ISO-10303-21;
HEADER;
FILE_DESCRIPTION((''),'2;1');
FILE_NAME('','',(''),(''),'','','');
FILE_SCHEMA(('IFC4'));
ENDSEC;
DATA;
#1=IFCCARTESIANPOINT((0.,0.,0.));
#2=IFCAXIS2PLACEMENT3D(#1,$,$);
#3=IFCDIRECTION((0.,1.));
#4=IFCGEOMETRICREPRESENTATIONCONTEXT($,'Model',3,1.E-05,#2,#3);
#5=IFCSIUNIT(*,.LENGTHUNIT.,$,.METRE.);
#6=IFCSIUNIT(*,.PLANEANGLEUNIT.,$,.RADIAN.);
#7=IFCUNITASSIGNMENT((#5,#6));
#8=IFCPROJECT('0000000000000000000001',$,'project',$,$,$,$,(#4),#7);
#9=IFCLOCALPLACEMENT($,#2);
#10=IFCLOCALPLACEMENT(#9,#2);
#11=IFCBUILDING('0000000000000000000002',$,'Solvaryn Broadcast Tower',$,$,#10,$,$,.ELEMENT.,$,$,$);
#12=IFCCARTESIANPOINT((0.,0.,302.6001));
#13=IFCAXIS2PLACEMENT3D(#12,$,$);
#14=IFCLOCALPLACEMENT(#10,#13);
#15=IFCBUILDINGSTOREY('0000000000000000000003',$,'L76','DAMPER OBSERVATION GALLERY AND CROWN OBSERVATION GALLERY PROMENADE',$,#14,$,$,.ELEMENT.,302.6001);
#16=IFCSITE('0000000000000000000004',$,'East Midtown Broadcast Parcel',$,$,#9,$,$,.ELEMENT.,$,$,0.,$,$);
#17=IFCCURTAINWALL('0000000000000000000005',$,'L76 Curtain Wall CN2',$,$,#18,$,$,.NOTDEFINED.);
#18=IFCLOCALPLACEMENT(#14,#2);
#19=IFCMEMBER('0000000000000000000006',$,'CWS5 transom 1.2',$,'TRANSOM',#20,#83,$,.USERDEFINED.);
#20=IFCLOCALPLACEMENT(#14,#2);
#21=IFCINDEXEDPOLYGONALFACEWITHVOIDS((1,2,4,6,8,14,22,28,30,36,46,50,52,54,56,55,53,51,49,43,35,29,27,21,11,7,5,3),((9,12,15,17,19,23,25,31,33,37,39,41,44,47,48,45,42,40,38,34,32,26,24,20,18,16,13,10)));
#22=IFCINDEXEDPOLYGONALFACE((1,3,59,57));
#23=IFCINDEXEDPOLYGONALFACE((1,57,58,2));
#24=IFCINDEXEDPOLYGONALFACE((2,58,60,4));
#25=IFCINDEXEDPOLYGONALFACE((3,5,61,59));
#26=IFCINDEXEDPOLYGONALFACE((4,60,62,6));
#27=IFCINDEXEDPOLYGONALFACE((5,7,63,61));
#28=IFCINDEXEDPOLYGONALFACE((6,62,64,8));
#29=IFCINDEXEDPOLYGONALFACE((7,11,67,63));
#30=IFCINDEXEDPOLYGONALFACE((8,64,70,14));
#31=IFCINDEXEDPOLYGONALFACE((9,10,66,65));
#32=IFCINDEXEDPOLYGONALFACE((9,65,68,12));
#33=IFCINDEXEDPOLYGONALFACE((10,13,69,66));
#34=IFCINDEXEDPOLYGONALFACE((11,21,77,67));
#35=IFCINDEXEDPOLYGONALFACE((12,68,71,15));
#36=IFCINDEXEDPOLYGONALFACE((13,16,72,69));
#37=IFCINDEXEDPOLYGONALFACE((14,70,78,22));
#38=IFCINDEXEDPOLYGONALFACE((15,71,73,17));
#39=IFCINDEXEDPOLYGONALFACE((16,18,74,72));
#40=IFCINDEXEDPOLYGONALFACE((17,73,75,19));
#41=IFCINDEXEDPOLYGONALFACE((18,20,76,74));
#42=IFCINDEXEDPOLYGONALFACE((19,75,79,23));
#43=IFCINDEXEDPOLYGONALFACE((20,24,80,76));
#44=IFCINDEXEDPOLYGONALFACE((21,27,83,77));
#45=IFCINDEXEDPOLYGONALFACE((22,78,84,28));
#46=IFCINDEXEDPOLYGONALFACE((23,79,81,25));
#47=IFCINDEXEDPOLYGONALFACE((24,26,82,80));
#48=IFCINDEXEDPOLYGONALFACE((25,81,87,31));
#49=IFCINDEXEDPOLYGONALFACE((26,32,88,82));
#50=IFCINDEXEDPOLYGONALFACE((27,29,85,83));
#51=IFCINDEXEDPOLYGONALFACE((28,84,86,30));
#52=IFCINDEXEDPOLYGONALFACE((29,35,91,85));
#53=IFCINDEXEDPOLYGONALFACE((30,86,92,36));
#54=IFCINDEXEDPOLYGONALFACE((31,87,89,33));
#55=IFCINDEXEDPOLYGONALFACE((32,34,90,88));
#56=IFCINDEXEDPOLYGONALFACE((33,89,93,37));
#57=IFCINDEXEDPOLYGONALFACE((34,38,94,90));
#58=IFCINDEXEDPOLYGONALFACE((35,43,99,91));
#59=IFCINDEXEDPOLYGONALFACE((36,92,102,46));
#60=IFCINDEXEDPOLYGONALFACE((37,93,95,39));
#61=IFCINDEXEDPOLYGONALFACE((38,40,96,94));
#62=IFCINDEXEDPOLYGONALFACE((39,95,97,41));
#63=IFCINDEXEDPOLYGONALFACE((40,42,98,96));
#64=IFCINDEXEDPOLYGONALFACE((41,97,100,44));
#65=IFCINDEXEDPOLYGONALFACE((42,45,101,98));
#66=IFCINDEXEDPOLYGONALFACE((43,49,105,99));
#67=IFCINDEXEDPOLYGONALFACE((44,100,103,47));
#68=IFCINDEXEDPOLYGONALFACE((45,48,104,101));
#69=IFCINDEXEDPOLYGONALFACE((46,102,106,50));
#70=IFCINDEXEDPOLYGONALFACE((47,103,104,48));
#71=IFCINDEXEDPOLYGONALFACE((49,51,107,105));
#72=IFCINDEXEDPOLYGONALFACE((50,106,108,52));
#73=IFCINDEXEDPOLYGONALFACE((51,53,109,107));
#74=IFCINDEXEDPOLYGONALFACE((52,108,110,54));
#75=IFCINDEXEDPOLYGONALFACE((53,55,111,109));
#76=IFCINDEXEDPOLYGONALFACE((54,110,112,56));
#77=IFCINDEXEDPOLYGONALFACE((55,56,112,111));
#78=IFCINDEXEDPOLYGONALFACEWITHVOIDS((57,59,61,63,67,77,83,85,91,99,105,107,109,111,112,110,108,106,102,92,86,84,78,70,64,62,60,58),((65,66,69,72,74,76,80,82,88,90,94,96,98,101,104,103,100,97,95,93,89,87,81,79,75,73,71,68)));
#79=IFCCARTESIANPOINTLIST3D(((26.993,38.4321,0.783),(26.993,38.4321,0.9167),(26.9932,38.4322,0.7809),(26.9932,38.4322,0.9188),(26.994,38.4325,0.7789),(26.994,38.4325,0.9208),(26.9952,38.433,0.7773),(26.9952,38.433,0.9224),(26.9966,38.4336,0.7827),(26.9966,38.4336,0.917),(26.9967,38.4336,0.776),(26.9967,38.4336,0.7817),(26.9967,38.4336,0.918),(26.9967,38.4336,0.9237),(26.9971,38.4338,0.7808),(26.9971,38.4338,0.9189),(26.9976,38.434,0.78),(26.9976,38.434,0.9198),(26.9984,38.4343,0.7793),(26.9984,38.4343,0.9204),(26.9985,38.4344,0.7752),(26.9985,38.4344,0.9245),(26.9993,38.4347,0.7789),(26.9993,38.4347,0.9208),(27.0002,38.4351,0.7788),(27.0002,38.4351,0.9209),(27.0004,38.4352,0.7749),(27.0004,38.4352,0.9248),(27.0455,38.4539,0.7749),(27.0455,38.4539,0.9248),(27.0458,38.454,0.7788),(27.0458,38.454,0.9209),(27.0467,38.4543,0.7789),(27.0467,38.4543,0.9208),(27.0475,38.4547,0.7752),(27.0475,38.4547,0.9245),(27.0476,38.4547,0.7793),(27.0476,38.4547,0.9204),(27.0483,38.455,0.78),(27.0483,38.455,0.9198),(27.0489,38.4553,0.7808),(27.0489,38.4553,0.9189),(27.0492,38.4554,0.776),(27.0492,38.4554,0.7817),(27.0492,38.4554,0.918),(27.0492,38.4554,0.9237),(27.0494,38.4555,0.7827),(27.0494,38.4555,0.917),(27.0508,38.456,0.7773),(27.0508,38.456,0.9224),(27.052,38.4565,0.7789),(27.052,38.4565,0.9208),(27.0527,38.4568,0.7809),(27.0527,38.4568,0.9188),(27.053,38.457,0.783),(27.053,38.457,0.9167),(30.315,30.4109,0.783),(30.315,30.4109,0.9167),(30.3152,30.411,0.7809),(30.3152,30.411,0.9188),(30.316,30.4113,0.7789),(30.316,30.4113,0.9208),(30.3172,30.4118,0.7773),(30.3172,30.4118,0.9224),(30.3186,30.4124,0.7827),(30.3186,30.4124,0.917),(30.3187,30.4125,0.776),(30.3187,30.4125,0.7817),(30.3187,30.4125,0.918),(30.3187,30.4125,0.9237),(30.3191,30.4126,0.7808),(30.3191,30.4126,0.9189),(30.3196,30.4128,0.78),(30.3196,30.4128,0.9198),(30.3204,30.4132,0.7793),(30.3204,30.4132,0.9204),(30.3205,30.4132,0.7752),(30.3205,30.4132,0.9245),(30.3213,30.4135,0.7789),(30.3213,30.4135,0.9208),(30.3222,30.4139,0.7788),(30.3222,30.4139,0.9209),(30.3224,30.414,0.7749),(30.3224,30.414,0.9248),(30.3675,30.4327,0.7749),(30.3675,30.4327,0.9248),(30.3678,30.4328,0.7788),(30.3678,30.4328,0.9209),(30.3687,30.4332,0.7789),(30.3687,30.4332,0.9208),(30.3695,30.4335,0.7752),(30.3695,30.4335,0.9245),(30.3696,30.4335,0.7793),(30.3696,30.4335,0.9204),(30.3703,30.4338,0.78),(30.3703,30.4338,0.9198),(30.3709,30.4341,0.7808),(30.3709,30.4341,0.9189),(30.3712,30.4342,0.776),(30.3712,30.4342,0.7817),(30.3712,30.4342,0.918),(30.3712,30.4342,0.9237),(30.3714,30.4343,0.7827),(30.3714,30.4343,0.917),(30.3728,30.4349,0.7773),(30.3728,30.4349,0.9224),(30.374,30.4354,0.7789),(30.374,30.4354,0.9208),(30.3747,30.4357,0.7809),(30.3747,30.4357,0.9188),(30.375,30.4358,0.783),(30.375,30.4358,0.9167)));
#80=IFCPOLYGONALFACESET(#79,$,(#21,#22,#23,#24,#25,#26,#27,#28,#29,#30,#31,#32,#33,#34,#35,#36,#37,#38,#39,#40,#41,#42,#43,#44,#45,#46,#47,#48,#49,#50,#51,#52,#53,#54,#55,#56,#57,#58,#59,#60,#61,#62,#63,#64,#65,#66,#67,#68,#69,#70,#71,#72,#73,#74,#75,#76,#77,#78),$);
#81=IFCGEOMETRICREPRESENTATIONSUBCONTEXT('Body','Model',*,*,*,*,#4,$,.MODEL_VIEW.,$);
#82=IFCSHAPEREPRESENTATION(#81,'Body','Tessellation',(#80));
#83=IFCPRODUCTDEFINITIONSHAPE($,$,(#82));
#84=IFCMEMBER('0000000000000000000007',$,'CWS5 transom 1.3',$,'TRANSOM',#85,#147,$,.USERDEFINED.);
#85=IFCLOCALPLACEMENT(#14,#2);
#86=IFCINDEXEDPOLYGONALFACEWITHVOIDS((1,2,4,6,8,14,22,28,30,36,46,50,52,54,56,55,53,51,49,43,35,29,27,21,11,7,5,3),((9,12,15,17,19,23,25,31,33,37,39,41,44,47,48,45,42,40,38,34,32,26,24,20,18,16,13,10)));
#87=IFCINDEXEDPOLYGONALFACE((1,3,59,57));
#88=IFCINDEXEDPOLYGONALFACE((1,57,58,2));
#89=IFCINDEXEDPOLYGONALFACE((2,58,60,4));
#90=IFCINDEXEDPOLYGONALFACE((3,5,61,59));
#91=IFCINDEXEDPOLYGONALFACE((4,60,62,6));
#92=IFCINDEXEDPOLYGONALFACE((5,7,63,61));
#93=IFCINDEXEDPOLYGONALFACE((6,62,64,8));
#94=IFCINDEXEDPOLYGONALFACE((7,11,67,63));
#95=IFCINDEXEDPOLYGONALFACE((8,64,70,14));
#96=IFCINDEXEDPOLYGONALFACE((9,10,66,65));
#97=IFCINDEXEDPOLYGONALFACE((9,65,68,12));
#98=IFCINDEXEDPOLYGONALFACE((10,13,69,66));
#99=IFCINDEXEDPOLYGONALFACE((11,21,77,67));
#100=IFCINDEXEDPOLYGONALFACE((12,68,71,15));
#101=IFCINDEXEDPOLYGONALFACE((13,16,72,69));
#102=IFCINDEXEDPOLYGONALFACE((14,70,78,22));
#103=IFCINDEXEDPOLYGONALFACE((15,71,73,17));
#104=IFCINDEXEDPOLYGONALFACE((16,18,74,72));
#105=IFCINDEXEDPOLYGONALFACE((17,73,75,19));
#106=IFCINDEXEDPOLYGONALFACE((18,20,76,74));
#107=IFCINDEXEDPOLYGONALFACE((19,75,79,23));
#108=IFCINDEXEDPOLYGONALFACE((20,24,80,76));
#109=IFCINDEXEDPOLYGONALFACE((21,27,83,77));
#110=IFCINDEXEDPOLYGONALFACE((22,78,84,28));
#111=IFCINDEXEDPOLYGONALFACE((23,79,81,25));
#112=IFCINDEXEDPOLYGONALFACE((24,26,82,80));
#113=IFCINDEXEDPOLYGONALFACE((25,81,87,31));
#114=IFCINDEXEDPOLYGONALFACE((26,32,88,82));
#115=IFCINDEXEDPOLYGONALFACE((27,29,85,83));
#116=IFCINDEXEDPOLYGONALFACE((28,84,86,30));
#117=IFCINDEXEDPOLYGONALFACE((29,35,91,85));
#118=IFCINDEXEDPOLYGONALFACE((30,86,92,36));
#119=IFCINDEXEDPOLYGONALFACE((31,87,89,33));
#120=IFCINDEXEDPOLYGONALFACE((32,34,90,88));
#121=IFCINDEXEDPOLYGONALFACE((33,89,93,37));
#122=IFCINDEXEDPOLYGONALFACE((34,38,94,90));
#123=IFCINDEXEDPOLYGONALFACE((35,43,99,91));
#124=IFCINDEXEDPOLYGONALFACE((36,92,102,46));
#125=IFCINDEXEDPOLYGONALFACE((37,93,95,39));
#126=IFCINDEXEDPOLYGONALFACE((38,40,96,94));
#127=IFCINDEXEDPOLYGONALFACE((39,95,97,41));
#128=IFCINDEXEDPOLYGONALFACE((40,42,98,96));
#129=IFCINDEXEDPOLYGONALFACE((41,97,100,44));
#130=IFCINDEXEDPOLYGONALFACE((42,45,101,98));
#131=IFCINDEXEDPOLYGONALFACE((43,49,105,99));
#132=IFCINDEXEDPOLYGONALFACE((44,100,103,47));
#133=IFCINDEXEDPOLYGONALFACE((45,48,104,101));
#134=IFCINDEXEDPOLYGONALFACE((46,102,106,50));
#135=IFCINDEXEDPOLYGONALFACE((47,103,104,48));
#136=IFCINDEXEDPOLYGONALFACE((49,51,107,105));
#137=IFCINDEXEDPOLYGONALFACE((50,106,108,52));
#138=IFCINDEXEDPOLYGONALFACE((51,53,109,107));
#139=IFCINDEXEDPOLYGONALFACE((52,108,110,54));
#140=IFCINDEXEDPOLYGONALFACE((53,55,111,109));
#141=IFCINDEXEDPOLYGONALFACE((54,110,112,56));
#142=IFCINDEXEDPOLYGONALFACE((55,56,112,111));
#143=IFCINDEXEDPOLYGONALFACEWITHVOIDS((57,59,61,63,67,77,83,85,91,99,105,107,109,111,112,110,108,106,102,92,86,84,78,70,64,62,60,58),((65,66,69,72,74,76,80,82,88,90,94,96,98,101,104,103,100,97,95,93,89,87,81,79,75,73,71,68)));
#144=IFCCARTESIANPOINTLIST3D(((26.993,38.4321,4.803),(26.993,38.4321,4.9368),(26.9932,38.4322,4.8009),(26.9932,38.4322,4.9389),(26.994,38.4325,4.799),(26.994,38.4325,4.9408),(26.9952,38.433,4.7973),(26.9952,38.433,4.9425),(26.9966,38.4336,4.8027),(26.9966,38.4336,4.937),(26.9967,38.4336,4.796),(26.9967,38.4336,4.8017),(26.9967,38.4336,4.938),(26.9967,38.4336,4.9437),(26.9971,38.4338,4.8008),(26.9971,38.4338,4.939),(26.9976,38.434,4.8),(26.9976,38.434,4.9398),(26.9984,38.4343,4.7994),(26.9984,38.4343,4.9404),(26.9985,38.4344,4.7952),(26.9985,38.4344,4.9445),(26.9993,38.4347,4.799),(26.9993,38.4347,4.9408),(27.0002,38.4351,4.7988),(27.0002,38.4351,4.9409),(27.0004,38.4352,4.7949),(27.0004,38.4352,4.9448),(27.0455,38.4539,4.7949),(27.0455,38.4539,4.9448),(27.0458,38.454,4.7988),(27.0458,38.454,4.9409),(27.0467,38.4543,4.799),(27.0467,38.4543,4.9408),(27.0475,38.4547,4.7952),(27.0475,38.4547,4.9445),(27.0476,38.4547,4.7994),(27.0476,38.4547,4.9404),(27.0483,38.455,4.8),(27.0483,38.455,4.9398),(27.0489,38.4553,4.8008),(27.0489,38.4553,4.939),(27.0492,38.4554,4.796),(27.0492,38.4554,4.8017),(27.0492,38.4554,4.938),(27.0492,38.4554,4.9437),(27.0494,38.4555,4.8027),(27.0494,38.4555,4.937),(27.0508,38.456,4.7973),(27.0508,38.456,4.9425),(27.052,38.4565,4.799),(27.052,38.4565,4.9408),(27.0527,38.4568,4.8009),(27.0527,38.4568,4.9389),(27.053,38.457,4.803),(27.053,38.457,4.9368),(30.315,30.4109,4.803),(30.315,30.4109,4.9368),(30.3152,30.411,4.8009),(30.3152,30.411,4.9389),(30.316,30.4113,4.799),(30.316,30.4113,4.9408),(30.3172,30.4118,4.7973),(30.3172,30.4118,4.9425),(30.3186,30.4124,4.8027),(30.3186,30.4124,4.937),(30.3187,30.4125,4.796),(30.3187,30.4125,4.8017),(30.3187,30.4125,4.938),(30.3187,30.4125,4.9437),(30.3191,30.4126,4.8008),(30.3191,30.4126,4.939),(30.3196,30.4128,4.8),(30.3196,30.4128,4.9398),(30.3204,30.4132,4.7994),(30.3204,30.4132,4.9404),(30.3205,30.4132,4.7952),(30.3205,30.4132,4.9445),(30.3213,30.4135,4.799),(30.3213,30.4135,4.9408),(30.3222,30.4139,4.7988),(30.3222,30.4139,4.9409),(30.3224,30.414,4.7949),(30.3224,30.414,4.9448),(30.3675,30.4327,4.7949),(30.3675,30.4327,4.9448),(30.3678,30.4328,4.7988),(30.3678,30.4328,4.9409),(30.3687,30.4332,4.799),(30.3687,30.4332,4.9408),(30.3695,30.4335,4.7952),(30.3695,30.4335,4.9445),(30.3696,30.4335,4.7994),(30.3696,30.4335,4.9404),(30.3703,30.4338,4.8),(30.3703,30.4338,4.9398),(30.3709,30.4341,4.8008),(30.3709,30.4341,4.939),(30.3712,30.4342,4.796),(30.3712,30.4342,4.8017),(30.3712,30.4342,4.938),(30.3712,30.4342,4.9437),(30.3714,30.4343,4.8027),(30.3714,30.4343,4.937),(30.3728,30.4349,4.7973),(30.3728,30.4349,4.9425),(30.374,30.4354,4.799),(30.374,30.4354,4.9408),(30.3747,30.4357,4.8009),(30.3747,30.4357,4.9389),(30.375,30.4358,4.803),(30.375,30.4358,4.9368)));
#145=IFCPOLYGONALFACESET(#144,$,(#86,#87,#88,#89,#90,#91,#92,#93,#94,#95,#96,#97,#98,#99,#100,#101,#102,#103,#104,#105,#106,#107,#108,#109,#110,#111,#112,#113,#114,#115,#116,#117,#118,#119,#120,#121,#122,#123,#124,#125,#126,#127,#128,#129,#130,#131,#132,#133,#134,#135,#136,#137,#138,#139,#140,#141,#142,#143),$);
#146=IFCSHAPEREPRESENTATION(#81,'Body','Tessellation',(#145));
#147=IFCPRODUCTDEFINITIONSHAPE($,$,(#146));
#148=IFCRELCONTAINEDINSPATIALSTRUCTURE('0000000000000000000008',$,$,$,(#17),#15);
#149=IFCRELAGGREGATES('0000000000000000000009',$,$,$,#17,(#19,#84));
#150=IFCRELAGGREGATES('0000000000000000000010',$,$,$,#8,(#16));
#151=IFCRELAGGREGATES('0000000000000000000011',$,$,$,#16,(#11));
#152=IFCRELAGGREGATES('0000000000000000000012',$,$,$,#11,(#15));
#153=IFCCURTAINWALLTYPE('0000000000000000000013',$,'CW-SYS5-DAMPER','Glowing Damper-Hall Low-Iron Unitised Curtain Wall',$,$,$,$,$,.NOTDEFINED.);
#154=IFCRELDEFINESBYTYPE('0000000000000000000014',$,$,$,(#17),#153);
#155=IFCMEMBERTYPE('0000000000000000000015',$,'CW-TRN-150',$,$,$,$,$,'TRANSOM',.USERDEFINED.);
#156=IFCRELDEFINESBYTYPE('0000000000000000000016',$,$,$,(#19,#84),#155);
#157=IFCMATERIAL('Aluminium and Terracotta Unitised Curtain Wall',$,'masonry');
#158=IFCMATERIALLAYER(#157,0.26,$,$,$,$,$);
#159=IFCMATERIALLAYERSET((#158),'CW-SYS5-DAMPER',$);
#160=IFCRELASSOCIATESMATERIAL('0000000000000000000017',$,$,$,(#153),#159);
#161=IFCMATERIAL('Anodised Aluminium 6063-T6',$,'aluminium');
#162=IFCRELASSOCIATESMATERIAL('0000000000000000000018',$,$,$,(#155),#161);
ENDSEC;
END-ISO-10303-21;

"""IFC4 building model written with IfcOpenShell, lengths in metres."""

from ifc_helpers import new_model, si_unit, direction, frame, origin, origin_2d, place, context, subcontext, project, spatial, hollow_rectangle, extrude, material, layer, layer_set, material_profile, profile_set, type_object, element, aggregate, save


model = new_model("IFC4")

# Units and contexts
model_context = context("Model", 3, precision=1e-05, world=origin(), true_north=direction((0.0, 1.0)))
body_context = subcontext(model_context, "Body", "Model", "MODEL_VIEW")
ifc_project = project(units=[si_unit("LENGTHUNIT", "METRE"), si_unit("PLANEANGLEUNIT", "RADIAN")], contexts=[model_context])

# Site, building, storey
site_placement = place(None, origin())
site = spatial("IfcSite", under=ifc_project, at=site_placement, Name="East Midtown Broadcast Parcel", CompositionType="ELEMENT", RefElevation=0.0)
building_placement = place(site_placement, origin())
building = spatial("IfcBuilding", under=site, at=building_placement, Name="Solvaryn Broadcast Tower", CompositionType="ELEMENT")
storey_placement = place(building_placement, frame((0.0, 0.0, 302.6001)))
storey = spatial("IfcBuildingStorey", under=building, at=storey_placement, Name="L76", Description="DAMPER OBSERVATION GALLERY AND CROWN OBSERVATION GALLERY PROMENADE", CompositionType="ELEMENT", Elevation=302.6001)

# Shared definitions
ifc_material_1 = material(Name="Aluminium and Terracotta Unitised Curtain Wall", Category="masonry")
ifc_layer_1 = layer(ifc_material_1, 0.26)
ifc_layer_set_1 = layer_set([ifc_layer_1], Name="CW-SYS5-DAMPER")
curtain_wall_type = type_object("IfcCurtainWallType", Name="CW-SYS5-DAMPER", Description="Glowing Damper-Hall Low-Iron Unitised Curtain Wall", PredefinedType="NOTDEFINED", material=ifc_layer_set_1)

# Curtain wall
curtain_wall_1_placement = place(storey_placement, origin())
curtain_wall_1 = element("IfcCurtainWall", 1, at=curtain_wall_1_placement, inside=storey, type_object=curtain_wall_type, Name="L76 Curtain Wall CN2", PredefinedType="NOTDEFINED")

# Members
ifc_material_2 = material(Name="Anodised Aluminium 6063-T6", Category="aluminium")
ifc_material_profile_1 = material_profile(ifc_material_2, hollow_rectangle(XDim=0.0649, YDim=0.1499, WallThickness=0.0039, InnerFilletRadius=0.0039, OuterFilletRadius=0.0081, at=origin_2d()))
ifc_profile_set_1 = profile_set([ifc_material_profile_1], Name="Anodised Aluminium 6063-T6")
member_type_1 = type_object("IfcMemberType", Name="CW-TRN-150", ElementType="TRANSOM", PredefinedType="USERDEFINED", material=ifc_profile_set_1)
member_1_placement = place(storey_placement, frame((30.345, 30.4233, 0.8499), z_axis=(-0.382636, 0.923899, 0.0), x_axis=(-0.923899, -0.382636, 0.0)))
member_1 = element("IfcMember", 2, at=member_1_placement, type_object=member_type_1, Name="CWS5 transom 1.2", ObjectType="TRANSOM", PredefinedType="USERDEFINED", context=body_context, shape_type="SweptSolid", body=[
    extrude(hollow_rectangle(XDim=0.0649, YDim=0.1499, WallThickness=0.0039, InnerFilletRadius=0.0039, OuterFilletRadius=0.0081, at=origin_2d()), origin(), (0.0, 0.0, 1.0), 8.6819),
])
member_2_placement = place(storey_placement, frame((30.345, 30.4233, 4.8699), z_axis=(-0.382636, 0.923899, 0.0), x_axis=(-0.923899, -0.382636, 0.0)))
member_2 = element("IfcMember", 3, at=member_2_placement, type_object=member_type_1, Name="CWS5 transom 1.3", ObjectType="TRANSOM", PredefinedType="USERDEFINED", context=body_context, shape_type="SweptSolid", body=[
    extrude(hollow_rectangle(XDim=0.0649, YDim=0.1499, WallThickness=0.0039, InnerFilletRadius=0.0039, OuterFilletRadius=0.0081, at=origin_2d()), origin(), (0.0, 0.0, 1.0), 8.6819),
])

aggregate(curtain_wall_1, [member_1, member_2])

save(model, "model.ifc")
